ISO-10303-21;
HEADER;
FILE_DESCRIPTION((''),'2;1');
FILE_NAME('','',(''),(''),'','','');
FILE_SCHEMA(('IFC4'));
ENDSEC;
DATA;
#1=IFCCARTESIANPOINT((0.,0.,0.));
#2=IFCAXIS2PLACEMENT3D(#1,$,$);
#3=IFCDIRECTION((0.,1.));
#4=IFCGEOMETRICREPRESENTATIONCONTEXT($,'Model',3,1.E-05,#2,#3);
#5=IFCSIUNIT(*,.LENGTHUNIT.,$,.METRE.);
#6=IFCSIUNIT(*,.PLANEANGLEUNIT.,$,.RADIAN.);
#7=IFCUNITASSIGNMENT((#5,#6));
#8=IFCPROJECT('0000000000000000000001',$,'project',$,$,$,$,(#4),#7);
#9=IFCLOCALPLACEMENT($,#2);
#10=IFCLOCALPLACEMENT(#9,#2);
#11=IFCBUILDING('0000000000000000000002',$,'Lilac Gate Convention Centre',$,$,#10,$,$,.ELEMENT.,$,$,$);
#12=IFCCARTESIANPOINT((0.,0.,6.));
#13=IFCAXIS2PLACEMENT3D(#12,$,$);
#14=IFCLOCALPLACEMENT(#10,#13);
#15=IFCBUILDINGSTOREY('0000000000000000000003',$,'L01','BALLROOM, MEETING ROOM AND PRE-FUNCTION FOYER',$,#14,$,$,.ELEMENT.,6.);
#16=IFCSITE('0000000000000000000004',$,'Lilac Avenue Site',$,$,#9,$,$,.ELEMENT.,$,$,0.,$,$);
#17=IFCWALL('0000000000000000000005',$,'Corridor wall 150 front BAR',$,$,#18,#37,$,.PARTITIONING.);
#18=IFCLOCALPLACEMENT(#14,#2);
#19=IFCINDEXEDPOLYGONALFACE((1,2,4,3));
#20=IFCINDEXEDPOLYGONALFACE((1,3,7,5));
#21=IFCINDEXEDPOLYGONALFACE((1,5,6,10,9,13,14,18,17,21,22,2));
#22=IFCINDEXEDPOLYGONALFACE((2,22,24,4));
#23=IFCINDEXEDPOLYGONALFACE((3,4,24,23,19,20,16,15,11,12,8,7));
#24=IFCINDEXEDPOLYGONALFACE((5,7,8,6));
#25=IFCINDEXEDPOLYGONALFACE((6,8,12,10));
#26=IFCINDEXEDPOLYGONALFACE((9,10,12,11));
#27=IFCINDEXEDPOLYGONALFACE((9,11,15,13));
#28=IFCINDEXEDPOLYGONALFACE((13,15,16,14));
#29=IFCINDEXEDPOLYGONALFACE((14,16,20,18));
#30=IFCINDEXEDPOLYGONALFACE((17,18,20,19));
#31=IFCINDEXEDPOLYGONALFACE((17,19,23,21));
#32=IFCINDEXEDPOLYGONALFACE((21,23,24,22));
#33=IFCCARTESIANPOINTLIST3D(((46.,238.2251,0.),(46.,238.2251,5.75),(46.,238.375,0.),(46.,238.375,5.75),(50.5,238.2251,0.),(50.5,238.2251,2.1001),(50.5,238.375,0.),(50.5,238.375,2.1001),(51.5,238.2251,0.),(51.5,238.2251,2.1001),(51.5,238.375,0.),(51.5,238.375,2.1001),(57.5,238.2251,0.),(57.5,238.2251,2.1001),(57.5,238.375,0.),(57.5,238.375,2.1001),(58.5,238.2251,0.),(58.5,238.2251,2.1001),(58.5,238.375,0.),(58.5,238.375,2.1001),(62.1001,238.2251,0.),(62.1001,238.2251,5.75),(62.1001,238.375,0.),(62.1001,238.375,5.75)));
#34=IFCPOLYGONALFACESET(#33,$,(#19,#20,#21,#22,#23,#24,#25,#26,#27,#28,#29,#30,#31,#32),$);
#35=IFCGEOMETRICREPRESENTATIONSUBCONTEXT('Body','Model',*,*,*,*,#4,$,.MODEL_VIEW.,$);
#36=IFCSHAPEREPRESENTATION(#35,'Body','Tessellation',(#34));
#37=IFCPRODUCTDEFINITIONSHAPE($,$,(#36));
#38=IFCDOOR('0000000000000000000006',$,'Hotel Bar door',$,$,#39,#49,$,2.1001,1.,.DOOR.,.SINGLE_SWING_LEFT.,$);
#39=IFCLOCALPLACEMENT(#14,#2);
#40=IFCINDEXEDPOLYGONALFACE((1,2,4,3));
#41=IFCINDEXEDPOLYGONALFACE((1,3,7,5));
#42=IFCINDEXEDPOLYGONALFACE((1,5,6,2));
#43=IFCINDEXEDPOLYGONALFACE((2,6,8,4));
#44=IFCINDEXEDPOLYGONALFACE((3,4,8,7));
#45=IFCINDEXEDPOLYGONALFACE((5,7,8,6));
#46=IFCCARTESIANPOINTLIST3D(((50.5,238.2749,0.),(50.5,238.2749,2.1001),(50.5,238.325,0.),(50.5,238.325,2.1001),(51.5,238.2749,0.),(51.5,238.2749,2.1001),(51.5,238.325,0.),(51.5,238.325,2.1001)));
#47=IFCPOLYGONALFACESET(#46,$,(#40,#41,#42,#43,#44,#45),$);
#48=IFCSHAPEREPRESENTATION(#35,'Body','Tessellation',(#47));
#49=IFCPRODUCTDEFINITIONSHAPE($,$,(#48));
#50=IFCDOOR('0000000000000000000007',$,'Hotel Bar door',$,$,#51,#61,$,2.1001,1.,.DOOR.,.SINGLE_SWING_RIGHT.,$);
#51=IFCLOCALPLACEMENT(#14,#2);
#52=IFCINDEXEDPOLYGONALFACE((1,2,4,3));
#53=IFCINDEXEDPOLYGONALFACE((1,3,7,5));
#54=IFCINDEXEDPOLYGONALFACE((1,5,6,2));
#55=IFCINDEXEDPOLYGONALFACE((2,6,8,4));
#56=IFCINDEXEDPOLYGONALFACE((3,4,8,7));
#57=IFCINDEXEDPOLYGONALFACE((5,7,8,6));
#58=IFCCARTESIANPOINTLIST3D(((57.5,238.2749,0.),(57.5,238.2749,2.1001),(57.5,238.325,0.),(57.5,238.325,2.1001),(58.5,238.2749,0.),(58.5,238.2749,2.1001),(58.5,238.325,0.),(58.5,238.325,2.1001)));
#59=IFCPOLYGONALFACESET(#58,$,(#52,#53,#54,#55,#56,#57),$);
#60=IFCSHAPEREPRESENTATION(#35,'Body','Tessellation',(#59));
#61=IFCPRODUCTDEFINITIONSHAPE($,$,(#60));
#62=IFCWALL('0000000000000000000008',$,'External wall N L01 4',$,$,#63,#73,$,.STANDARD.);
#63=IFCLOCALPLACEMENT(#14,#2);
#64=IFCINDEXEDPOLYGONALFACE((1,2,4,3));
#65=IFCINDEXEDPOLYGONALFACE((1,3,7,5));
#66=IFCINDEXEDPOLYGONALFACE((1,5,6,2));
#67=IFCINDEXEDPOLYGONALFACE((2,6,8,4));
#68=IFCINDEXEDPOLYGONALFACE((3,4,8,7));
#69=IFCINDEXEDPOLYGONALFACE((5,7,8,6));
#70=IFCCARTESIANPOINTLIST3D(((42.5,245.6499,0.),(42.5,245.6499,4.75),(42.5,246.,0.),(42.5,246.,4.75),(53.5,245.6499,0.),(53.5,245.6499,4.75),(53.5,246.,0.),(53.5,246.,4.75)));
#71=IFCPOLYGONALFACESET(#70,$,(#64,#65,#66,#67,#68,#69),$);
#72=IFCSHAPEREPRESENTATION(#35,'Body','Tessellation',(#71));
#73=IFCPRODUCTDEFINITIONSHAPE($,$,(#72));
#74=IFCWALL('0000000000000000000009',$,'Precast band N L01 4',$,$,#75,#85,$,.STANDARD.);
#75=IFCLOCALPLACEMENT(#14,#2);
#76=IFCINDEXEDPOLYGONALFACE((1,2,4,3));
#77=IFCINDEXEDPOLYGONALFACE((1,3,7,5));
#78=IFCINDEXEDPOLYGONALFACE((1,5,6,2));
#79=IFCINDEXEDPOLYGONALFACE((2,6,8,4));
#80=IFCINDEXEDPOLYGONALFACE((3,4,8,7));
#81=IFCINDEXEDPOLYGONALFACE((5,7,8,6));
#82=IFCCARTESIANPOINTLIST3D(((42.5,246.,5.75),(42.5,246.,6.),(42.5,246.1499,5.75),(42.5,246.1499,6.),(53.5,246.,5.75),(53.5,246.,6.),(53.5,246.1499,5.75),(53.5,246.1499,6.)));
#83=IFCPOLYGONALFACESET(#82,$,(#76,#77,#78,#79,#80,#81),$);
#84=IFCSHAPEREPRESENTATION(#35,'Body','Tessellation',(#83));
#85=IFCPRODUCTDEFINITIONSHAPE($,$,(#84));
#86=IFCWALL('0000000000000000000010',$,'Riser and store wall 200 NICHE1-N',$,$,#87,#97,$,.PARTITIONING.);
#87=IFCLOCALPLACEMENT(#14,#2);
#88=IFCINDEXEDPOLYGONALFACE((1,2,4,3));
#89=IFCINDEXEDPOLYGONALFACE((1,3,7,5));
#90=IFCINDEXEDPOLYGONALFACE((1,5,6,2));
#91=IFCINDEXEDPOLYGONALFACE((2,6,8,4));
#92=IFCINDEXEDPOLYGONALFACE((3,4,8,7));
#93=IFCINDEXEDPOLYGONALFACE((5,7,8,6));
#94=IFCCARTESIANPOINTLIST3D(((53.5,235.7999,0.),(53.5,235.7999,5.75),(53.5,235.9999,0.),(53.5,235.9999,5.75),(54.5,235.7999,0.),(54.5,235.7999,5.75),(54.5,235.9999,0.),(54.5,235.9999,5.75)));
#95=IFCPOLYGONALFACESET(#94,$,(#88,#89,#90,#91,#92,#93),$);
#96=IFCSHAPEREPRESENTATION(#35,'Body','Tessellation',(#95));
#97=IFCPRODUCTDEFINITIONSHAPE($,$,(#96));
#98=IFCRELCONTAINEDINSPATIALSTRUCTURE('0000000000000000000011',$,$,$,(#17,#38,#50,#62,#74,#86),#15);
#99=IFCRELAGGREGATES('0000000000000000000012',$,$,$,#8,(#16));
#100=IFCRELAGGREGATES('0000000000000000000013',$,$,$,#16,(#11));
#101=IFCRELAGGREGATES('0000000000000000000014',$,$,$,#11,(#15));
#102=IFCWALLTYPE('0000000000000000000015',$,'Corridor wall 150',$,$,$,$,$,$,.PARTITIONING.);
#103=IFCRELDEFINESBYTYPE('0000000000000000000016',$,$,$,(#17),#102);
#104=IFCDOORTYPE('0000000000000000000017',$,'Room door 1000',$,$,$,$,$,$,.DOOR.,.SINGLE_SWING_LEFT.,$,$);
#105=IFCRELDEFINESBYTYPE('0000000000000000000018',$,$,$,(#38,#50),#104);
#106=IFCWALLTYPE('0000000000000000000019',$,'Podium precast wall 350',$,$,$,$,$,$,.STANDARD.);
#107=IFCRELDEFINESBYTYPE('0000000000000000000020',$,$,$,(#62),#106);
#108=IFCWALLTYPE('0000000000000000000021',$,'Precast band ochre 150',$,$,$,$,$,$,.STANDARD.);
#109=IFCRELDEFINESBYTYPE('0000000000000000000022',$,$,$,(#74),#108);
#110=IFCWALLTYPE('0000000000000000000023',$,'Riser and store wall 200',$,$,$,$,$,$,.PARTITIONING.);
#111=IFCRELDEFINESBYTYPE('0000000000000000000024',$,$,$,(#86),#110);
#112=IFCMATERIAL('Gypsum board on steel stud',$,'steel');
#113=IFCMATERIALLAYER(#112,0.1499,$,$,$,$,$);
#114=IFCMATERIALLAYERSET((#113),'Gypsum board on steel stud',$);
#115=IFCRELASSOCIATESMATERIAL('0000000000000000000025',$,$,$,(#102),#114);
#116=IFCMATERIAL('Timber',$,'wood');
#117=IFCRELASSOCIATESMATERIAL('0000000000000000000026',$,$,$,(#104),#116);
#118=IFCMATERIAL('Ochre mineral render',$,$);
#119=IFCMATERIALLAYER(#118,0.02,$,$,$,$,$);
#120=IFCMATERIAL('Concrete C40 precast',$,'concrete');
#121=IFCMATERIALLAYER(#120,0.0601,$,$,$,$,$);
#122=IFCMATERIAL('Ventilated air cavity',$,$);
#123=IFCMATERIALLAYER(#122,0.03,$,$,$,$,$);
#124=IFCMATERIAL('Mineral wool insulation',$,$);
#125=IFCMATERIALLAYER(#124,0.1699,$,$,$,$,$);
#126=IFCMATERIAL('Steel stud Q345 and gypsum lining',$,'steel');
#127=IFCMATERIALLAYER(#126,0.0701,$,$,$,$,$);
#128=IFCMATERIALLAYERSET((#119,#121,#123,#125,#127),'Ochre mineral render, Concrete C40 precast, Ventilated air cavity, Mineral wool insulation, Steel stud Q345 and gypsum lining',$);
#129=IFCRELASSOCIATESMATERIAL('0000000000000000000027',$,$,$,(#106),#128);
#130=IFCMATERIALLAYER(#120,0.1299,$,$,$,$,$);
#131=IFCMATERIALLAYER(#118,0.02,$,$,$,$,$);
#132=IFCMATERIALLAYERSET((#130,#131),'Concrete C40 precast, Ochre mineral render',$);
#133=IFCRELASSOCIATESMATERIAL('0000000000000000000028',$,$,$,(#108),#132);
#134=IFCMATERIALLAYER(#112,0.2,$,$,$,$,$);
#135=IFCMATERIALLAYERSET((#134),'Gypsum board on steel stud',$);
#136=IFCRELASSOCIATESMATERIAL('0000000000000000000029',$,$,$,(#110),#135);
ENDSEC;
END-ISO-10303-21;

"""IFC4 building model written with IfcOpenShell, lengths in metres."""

from ifc_helpers import new_model, si_unit, direction, frame, frame_2d, origin, place, context, subcontext, project, spatial, rectangle, extrude, material, layer, layer_set, type_object, element, fill, save


model = new_model("IFC4")

# Units and contexts
model_context = context("Model", 3, precision=1e-05, world=origin(), true_north=direction((0.0, 1.0)))
body_context = subcontext(model_context, "Body", "Model", "MODEL_VIEW")
ifc_project = project(units=[si_unit("LENGTHUNIT", "METRE"), si_unit("PLANEANGLEUNIT", "RADIAN")], contexts=[model_context])

# Site, building, storey
site_placement = place(None, origin())
site = spatial("IfcSite", under=ifc_project, at=site_placement, Name="Lilac Avenue Site", CompositionType="ELEMENT", RefElevation=0.0)
building_placement = place(site_placement, origin())
building = spatial("IfcBuilding", under=site, at=building_placement, Name="Lilac Gate Convention Centre", CompositionType="ELEMENT")
storey_placement = place(building_placement, frame((0.0, 0.0, 6.0)))
storey = spatial("IfcBuildingStorey", under=building, at=storey_placement, Name="L01", Description="BALLROOM, MEETING ROOM AND PRE-FUNCTION FOYER", CompositionType="ELEMENT", Elevation=6.0)

# Wall, openings, doors
ifc_material_1 = material(Name="Gypsum board on steel stud", Category="steel")
ifc_layer_1 = layer(ifc_material_1, 0.1499)
ifc_layer_set_1 = layer_set([ifc_layer_1], Name="Gypsum board on steel stud")
wall_type_1 = type_object("IfcWallType", Name="Corridor wall 150", PredefinedType="PARTITIONING", material=ifc_layer_set_1)
wall_1_placement = place(storey_placement, frame((46.0, 238.3, 0.0), z_axis=(0.0, 0.0, 1.0), x_axis=(1.0, 0.0, 0.0)))
wall_1 = element("IfcWall", 1, at=wall_1_placement, inside=storey, type_object=wall_type_1, Name="Corridor wall 150 front BAR", PredefinedType="PARTITIONING", context=body_context, shape_type="SweptSolid", body=[
    extrude(rectangle(XDim=16.1001, YDim=0.1499, at=frame_2d((8.05, 0.0))), origin(), (0.0, 0.0, 1.0), 5.75),
])
opening_1_placement = place(wall_1_placement, frame((4.5, 0.0, 0.0)))
opening_1 = element("IfcOpeningElement", 2, at=opening_1_placement, cuts=wall_1, PredefinedType="OPENING", context=body_context, shape_type="SweptSolid", body=[
    extrude(rectangle(XDim=1.0, YDim=2.1001, at=frame_2d((0.5, 1.05))), frame((0.0, 0.085, 0.0), z_axis=(0.0, -1.0, 0.0), x_axis=(1.0, 0.0, 0.0)), (0.0, 0.0, 1.0), 0.1699),
])
opening_2_placement = place(wall_1_placement, frame((11.5, 0.0, 0.0)))
opening_2 = element("IfcOpeningElement", 3, at=opening_2_placement, cuts=wall_1, PredefinedType="OPENING", context=body_context, shape_type="SweptSolid", body=[
    extrude(rectangle(XDim=1.0, YDim=2.1001, at=frame_2d((0.5, 1.05))), frame((0.0, 0.085, 0.0), z_axis=(0.0, -1.0, 0.0), x_axis=(1.0, 0.0, 0.0)), (0.0, 0.0, 1.0), 0.1699),
])
ifc_material_2 = material(Name="Timber", Category="wood")
door_type = type_object("IfcDoorType", Name="Room door 1000", OperationType="SINGLE_SWING_LEFT", PredefinedType="DOOR", material=ifc_material_2)
door_1_placement = place(opening_1_placement, origin())
door_1 = element("IfcDoor", 4, at=door_1_placement, inside=storey, type_object=door_type, Name="Hotel Bar door", OperationType="SINGLE_SWING_LEFT", OverallHeight=2.1001, OverallWidth=1.0, PredefinedType="DOOR", context=body_context, shape_type="SweptSolid", body=[
    extrude(rectangle(XDim=1.0, YDim=2.1001, at=frame_2d((0.5, 1.05))), frame((0.0, 0.0249, 0.0), z_axis=(0.0, -1.0, 0.0), x_axis=(1.0, 0.0, 0.0)), (0.0, 0.0, 1.0), 0.05),
])
fill(opening_1, door_1)
door_2_placement = place(opening_2_placement, origin())
door_2 = element("IfcDoor", 5, at=door_2_placement, inside=storey, type_object=door_type, Name="Hotel Bar door", OperationType="SINGLE_SWING_RIGHT", OverallHeight=2.1001, OverallWidth=1.0, PredefinedType="DOOR", context=body_context, shape_type="SweptSolid", body=[
    extrude(rectangle(XDim=1.0, YDim=2.1001, at=frame_2d((0.5, 1.05))), frame((0.0, 0.0249, 0.0), z_axis=(0.0, -1.0, 0.0), x_axis=(1.0, 0.0, 0.0)), (0.0, 0.0, 1.0), 0.05),
])
fill(opening_2, door_2)

# Walls
ifc_material_3 = material(Name="Ochre mineral render")
ifc_layer_2 = layer(ifc_material_3, 0.02)
ifc_material_4 = material(Name="Concrete C40 precast", Category="concrete")
ifc_layer_3 = layer(ifc_material_4, 0.0601)
ifc_material_5 = material(Name="Ventilated air cavity")
ifc_layer_4 = layer(ifc_material_5, 0.03)
ifc_material_6 = material(Name="Mineral wool insulation")
ifc_layer_5 = layer(ifc_material_6, 0.1699)
ifc_material_7 = material(Name="Steel stud Q345 and gypsum lining", Category="steel")
ifc_layer_6 = layer(ifc_material_7, 0.0701)
ifc_layer_set_2 = layer_set([ifc_layer_2, ifc_layer_3, ifc_layer_4, ifc_layer_5, ifc_layer_6], Name="Ochre mineral render, Concrete C40 precast, Ventilated air cavity, Mineral wool insulation, Steel stud Q345 and gypsum lining")
wall_type_2 = type_object("IfcWallType", Name="Podium precast wall 350", PredefinedType="STANDARD", material=ifc_layer_set_2)
wall_2_placement = place(storey_placement, frame((53.5, 245.825, 0.0), z_axis=(0.0, 0.0, 1.0), x_axis=(-1.0, 0.0, 0.0)))
element("IfcWall", 6, at=wall_2_placement, inside=storey, type_object=wall_type_2, Name="External wall N L01 4", PredefinedType="STANDARD", context=body_context, shape_type="SweptSolid", body=[
    extrude(rectangle(XDim=11.0, YDim=0.3501, at=frame_2d((5.5, 0.0))), origin(), (0.0, 0.0, 1.0), 4.75),
])
ifc_layer_7 = layer(ifc_material_4, 0.1299)
ifc_layer_8 = layer(ifc_material_3, 0.02)
ifc_layer_set_3 = layer_set([ifc_layer_7, ifc_layer_8], Name="Concrete C40 precast, Ochre mineral render")
wall_type_3 = type_object("IfcWallType", Name="Precast band ochre 150", PredefinedType="STANDARD", material=ifc_layer_set_3)
wall_3_placement = place(storey_placement, frame((53.5, 246.075, 5.75), z_axis=(0.0, 0.0, 1.0), x_axis=(-1.0, 0.0, 0.0)))
element("IfcWall", 7, at=wall_3_placement, inside=storey, type_object=wall_type_3, Name="Precast band N L01 4", PredefinedType="STANDARD", context=body_context, shape_type="SweptSolid", body=[
    extrude(rectangle(XDim=11.0, YDim=0.1499, at=frame_2d((5.5, 0.0))), origin(), (0.0, 0.0, 1.0), 0.25),
])
ifc_layer_9 = layer(ifc_material_1, 0.2)
ifc_layer_set_4 = layer_set([ifc_layer_9], Name="Gypsum board on steel stud")
wall_type_4 = type_object("IfcWallType", Name="Riser and store wall 200", PredefinedType="PARTITIONING", material=ifc_layer_set_4)
wall_4_placement = place(storey_placement, frame((53.5, 235.8999, 0.0), z_axis=(0.0, 0.0, 1.0), x_axis=(1.0, 0.0, 0.0)))
element("IfcWall", 8, at=wall_4_placement, inside=storey, type_object=wall_type_4, Name="Riser and store wall 200 NICHE1-N", PredefinedType="PARTITIONING", context=body_context, shape_type="SweptSolid", body=[
    extrude(rectangle(XDim=1.0, YDim=0.2, at=frame_2d((0.5, 0.0))), origin(), (0.0, 0.0, 1.0), 5.75),
])

save(model, "model.ifc")
